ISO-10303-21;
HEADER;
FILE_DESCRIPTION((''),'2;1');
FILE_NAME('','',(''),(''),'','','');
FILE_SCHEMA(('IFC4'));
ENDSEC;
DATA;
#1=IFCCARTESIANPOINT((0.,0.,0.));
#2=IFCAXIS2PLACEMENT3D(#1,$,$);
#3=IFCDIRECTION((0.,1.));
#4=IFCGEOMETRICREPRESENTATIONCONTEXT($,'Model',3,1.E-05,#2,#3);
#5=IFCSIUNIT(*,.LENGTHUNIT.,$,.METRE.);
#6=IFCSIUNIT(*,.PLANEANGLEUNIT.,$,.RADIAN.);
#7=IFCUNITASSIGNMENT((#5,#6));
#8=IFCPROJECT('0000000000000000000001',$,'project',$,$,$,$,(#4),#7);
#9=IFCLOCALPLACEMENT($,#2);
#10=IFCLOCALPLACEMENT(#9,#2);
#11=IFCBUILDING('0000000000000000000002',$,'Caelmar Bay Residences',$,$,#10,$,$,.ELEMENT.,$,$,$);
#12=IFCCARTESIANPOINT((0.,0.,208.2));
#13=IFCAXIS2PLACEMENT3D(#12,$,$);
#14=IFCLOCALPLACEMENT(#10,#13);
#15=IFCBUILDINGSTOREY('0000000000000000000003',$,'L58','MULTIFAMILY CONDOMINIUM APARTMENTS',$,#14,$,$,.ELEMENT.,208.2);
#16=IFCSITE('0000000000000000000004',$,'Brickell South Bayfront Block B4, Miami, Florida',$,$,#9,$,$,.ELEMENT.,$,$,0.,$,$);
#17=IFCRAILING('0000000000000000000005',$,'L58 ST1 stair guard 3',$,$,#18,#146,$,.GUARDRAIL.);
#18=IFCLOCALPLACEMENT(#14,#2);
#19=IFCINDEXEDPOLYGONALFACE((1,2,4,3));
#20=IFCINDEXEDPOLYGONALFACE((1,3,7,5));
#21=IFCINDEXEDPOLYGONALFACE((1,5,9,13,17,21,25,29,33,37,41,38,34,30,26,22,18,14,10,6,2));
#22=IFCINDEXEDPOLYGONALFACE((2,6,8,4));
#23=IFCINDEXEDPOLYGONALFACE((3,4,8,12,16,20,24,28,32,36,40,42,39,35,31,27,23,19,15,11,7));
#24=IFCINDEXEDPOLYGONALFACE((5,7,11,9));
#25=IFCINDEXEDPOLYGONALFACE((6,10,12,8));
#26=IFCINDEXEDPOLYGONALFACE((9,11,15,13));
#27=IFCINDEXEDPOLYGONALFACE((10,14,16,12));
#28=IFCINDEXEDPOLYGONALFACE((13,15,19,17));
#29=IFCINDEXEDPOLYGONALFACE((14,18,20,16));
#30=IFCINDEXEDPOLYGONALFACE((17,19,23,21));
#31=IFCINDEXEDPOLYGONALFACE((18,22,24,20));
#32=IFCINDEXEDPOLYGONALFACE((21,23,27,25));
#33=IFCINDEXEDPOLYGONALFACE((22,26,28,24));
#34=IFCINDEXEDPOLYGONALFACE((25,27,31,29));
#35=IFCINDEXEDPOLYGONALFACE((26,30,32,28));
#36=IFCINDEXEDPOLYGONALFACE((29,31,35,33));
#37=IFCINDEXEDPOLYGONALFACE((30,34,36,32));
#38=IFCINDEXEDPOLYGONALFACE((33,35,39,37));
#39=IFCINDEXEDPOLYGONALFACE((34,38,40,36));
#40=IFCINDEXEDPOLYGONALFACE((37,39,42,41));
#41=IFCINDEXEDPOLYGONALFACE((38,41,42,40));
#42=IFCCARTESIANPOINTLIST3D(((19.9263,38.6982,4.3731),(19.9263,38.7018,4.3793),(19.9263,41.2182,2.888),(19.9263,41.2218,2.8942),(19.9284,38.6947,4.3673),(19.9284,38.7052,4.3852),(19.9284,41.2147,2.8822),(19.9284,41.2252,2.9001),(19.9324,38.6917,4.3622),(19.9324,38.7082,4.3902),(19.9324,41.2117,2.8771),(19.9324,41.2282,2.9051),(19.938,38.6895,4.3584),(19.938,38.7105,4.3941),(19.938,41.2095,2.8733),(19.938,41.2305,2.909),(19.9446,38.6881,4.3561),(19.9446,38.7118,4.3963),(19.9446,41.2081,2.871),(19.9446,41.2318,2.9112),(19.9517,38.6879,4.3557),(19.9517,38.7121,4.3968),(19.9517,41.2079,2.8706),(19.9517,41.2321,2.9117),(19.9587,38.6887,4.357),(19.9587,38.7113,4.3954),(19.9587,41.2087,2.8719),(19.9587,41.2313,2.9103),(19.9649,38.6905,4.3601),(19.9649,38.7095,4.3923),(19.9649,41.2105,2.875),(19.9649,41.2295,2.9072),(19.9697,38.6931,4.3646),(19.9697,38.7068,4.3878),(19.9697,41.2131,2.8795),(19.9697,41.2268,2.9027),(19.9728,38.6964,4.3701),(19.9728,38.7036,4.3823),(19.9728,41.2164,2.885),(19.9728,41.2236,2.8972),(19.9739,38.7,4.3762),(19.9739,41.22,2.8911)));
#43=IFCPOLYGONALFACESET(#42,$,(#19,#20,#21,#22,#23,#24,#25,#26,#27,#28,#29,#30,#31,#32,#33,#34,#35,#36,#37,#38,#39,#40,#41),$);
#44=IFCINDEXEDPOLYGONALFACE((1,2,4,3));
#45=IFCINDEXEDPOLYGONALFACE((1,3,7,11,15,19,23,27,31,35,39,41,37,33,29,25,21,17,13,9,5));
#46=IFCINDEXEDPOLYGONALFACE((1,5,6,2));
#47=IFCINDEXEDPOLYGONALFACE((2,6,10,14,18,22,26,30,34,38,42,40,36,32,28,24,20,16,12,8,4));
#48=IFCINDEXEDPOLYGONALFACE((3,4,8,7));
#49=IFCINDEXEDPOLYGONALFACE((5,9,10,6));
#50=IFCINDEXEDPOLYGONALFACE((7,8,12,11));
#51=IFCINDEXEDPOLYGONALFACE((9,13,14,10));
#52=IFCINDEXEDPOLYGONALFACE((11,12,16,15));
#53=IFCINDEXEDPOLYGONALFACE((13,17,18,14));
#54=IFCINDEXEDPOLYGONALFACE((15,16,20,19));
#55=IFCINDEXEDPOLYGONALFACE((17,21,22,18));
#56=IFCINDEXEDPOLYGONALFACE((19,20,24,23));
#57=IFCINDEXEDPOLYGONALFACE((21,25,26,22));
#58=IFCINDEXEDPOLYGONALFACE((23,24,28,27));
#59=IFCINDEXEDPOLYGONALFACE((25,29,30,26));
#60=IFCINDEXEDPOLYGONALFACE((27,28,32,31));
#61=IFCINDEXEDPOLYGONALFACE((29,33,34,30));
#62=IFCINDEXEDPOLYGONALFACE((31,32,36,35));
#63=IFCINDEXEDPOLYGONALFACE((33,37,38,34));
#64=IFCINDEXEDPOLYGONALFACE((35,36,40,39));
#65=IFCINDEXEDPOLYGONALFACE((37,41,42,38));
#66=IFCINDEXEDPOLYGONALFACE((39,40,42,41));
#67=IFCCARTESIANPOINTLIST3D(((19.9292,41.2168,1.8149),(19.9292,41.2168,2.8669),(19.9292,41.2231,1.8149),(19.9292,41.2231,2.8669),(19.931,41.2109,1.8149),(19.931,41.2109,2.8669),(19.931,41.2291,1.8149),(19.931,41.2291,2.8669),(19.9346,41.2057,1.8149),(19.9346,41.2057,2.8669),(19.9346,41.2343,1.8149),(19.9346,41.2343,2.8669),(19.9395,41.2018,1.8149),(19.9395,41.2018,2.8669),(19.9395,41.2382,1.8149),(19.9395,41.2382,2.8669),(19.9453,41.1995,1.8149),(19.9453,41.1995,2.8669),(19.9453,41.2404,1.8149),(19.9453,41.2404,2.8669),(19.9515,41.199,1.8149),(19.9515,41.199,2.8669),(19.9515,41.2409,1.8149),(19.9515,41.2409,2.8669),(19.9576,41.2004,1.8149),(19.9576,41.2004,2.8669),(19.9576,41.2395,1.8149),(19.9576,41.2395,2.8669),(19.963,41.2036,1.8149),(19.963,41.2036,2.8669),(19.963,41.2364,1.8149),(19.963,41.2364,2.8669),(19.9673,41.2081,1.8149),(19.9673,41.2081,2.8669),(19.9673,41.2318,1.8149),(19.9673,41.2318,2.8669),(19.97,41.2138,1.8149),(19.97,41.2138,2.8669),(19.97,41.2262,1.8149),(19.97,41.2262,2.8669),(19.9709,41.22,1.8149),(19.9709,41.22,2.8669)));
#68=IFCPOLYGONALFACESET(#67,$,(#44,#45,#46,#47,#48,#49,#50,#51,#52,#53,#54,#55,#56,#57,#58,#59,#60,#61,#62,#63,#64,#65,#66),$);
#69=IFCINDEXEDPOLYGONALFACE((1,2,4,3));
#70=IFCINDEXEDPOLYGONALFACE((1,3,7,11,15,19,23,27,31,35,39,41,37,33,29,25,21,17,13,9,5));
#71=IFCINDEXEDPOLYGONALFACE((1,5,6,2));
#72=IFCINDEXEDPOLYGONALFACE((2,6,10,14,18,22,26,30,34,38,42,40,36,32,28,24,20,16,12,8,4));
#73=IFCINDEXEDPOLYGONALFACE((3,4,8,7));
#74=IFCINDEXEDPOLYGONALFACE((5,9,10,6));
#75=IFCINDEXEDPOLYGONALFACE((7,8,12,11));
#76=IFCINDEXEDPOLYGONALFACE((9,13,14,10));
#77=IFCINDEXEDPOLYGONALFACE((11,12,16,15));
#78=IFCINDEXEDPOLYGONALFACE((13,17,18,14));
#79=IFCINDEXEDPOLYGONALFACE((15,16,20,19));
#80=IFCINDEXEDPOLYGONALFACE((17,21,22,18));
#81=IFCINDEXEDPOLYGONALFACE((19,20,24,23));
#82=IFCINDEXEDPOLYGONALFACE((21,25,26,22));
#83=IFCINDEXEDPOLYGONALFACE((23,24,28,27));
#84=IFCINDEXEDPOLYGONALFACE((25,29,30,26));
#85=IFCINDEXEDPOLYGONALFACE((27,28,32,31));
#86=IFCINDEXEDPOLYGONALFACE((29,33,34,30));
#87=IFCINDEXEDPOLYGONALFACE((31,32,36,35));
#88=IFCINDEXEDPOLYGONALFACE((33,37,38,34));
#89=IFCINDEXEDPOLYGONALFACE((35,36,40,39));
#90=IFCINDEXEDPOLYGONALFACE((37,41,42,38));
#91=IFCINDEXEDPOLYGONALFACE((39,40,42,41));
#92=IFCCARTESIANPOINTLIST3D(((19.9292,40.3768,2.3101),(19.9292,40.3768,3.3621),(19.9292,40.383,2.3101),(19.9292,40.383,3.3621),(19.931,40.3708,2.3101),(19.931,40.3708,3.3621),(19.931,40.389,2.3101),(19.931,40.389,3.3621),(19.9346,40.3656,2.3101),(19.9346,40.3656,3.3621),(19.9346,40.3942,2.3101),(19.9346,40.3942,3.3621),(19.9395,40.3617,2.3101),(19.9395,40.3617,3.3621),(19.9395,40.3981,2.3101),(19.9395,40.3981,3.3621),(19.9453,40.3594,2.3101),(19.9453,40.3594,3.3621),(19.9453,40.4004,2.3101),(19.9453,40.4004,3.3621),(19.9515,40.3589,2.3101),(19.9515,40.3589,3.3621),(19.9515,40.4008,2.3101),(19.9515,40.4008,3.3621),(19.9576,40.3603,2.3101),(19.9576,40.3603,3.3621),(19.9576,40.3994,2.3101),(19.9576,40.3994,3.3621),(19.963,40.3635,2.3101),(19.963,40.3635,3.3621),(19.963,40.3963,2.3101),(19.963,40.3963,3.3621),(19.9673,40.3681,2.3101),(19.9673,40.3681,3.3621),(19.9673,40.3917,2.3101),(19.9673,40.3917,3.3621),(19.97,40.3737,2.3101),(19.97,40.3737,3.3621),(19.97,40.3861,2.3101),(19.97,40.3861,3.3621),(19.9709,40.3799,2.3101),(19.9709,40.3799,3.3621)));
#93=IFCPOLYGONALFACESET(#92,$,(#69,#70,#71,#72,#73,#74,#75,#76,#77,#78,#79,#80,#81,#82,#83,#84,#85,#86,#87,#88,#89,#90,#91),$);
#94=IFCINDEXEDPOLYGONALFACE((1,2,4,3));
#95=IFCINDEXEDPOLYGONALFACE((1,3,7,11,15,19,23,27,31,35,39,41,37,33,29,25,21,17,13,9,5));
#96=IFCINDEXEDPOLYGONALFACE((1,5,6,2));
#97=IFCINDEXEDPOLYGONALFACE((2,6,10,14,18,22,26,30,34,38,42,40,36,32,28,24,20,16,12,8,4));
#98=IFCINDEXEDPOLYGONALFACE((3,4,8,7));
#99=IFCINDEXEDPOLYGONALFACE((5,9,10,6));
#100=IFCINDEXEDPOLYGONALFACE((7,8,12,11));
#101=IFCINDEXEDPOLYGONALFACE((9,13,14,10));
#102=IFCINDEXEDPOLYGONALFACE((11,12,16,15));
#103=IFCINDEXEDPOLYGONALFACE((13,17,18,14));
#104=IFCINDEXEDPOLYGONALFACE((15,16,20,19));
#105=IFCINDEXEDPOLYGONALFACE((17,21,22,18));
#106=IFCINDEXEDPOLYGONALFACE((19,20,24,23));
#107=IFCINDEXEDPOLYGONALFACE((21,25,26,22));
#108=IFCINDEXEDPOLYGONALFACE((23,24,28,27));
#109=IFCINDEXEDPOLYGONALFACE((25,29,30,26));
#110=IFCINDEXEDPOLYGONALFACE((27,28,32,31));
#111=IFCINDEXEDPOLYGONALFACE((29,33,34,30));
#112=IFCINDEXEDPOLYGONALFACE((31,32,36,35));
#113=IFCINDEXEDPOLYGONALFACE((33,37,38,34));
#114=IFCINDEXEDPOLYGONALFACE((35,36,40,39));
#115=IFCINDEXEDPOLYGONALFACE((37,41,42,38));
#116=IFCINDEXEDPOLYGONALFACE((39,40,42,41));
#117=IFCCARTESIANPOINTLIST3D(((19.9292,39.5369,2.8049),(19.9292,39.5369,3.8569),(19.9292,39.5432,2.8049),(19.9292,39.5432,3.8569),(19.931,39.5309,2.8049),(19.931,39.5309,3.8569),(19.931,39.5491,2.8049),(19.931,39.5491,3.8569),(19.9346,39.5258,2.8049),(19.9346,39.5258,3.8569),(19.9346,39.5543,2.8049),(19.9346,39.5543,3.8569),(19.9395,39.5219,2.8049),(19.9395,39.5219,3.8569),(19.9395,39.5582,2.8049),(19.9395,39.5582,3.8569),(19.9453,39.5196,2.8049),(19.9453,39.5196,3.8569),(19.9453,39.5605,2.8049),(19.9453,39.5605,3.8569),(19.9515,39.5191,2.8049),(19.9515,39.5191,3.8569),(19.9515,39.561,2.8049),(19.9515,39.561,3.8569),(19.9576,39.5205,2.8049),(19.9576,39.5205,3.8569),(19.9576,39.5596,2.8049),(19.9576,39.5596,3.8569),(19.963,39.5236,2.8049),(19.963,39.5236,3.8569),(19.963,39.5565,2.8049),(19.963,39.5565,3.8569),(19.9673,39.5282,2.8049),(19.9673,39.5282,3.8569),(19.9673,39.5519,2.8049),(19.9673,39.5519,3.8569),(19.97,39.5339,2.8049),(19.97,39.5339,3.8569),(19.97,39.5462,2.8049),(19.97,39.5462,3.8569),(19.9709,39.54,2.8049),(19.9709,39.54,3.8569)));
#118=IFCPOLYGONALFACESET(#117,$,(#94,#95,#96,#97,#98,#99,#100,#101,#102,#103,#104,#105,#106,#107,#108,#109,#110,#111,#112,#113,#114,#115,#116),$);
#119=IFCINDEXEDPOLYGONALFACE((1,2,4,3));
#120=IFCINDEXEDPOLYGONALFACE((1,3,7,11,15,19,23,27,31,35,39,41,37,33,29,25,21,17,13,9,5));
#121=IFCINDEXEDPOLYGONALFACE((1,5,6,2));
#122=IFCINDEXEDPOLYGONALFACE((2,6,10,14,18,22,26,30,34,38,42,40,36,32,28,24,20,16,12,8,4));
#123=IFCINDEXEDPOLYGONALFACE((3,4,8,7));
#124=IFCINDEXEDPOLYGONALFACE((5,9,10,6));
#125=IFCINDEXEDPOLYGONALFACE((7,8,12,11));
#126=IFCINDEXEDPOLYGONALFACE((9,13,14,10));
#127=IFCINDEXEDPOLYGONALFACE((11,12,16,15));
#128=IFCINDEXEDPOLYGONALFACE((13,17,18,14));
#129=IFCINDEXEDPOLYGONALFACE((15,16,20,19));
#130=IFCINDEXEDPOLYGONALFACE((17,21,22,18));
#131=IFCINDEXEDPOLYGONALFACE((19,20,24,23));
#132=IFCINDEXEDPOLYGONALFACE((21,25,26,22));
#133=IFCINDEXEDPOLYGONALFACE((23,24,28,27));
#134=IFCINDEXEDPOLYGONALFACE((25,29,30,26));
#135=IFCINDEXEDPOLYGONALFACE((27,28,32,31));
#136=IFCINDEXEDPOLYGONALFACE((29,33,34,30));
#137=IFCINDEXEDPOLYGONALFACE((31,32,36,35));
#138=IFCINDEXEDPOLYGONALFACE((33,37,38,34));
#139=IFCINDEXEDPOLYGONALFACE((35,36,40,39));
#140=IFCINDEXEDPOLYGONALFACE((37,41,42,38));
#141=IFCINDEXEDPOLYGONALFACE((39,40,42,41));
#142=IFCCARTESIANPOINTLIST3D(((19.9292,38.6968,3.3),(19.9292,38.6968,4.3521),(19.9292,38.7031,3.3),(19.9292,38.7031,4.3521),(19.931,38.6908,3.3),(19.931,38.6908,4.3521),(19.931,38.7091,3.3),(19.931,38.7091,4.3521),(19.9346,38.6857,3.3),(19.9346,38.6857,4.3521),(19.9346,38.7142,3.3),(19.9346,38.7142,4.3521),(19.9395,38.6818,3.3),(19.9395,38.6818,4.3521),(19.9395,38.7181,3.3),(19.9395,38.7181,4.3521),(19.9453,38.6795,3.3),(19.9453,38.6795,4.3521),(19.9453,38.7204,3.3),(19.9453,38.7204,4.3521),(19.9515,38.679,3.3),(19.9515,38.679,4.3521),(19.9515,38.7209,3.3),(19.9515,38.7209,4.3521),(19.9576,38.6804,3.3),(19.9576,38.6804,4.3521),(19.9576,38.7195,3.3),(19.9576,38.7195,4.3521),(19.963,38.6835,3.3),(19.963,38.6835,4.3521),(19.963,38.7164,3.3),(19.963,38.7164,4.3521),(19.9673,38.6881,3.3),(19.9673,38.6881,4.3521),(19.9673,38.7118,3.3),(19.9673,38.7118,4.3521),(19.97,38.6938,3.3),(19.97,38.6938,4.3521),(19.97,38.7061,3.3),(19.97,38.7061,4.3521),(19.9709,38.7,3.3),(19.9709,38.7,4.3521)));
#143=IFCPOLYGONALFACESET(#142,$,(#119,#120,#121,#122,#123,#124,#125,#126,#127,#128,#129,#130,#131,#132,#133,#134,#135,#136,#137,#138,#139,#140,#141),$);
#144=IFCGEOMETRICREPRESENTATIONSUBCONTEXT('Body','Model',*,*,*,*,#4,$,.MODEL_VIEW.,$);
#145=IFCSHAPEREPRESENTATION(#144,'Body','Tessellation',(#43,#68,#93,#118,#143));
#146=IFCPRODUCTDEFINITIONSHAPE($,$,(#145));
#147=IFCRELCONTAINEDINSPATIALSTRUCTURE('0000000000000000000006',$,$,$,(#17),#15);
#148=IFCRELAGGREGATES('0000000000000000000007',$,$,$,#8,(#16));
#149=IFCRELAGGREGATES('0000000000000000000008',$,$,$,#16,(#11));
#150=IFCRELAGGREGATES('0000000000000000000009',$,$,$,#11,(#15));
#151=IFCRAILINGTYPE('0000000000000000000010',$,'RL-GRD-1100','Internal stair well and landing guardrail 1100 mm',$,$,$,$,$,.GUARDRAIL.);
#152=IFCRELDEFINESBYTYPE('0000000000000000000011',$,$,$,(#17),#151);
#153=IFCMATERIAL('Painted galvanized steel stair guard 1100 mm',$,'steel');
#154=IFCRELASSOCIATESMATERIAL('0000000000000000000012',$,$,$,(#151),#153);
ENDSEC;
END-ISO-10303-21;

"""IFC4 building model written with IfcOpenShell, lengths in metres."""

from ifc_helpers import new_model, si_unit, direction, frame, origin, origin_2d, place, context, subcontext, project, spatial, circle, extrude, material, type_object, element, save


model = new_model("IFC4")

# Units and contexts
model_context = context("Model", 3, precision=1e-05, world=origin(), true_north=direction((0.0, 1.0)))
body_context = subcontext(model_context, "Body", "Model", "MODEL_VIEW")
ifc_project = project(units=[si_unit("LENGTHUNIT", "METRE"), si_unit("PLANEANGLEUNIT", "RADIAN")], contexts=[model_context])

# Site, building, storey
site_placement = place(None, origin())
site = spatial("IfcSite", under=ifc_project, at=site_placement, Name="Brickell South Bayfront Block B4, Miami, Florida", CompositionType="ELEMENT", RefElevation=0.0)
building_placement = place(site_placement, origin())
building = spatial("IfcBuilding", under=site, at=building_placement, Name="Caelmar Bay Residences", CompositionType="ELEMENT")
storey_placement = place(building_placement, frame((0.0, 0.0, 208.2)))
storey = spatial("IfcBuildingStorey", under=building, at=storey_placement, Name="L58", Description="MULTIFAMILY CONDOMINIUM APARTMENTS", CompositionType="ELEMENT", Elevation=208.2)

# Railing
ifc_material_1 = material(Name="Painted galvanized steel stair guard 1100 mm", Category="steel")
railing_type_1 = type_object("IfcRailingType", Name="RL-GRD-1100", Description="Internal stair well and landing guardrail 1100 mm", PredefinedType="GUARDRAIL", material=ifc_material_1)
railing_1_placement = place(storey_placement, frame((19.95, 41.22, 1.8149)))
element("IfcRailing", 1, at=railing_1_placement, inside=storey, type_object=railing_type_1, Name="L58 ST1 stair guard 3", PredefinedType="GUARDRAIL", context=body_context, shape_type="SweptSolid", body=[
    extrude(circle(Radius=0.0239, at=origin_2d()), frame((0.0, 0.0, 1.0762), z_axis=(0.0, -0.861524, 0.507717), x_axis=(1.0, 0.0, 0.0)), (0.0, 0.0, 1.0), 2.925),
    extrude(circle(Radius=0.021, at=origin_2d()), origin(), (0.0, 0.0, 1.0), 1.052),
    extrude(circle(Radius=0.021, at=origin_2d()), frame((0.0, -0.8401, 0.4951)), (0.0, 0.0, 1.0), 1.052),
    extrude(circle(Radius=0.021, at=origin_2d()), frame((0.0, -1.6799, 0.99)), (0.0, 0.0, 1.0), 1.052),
    extrude(circle(Radius=0.021, at=origin_2d()), frame((0.0, -2.52, 1.4851)), (0.0, 0.0, 1.0), 1.052),
])

save(model, "model.ifc")
